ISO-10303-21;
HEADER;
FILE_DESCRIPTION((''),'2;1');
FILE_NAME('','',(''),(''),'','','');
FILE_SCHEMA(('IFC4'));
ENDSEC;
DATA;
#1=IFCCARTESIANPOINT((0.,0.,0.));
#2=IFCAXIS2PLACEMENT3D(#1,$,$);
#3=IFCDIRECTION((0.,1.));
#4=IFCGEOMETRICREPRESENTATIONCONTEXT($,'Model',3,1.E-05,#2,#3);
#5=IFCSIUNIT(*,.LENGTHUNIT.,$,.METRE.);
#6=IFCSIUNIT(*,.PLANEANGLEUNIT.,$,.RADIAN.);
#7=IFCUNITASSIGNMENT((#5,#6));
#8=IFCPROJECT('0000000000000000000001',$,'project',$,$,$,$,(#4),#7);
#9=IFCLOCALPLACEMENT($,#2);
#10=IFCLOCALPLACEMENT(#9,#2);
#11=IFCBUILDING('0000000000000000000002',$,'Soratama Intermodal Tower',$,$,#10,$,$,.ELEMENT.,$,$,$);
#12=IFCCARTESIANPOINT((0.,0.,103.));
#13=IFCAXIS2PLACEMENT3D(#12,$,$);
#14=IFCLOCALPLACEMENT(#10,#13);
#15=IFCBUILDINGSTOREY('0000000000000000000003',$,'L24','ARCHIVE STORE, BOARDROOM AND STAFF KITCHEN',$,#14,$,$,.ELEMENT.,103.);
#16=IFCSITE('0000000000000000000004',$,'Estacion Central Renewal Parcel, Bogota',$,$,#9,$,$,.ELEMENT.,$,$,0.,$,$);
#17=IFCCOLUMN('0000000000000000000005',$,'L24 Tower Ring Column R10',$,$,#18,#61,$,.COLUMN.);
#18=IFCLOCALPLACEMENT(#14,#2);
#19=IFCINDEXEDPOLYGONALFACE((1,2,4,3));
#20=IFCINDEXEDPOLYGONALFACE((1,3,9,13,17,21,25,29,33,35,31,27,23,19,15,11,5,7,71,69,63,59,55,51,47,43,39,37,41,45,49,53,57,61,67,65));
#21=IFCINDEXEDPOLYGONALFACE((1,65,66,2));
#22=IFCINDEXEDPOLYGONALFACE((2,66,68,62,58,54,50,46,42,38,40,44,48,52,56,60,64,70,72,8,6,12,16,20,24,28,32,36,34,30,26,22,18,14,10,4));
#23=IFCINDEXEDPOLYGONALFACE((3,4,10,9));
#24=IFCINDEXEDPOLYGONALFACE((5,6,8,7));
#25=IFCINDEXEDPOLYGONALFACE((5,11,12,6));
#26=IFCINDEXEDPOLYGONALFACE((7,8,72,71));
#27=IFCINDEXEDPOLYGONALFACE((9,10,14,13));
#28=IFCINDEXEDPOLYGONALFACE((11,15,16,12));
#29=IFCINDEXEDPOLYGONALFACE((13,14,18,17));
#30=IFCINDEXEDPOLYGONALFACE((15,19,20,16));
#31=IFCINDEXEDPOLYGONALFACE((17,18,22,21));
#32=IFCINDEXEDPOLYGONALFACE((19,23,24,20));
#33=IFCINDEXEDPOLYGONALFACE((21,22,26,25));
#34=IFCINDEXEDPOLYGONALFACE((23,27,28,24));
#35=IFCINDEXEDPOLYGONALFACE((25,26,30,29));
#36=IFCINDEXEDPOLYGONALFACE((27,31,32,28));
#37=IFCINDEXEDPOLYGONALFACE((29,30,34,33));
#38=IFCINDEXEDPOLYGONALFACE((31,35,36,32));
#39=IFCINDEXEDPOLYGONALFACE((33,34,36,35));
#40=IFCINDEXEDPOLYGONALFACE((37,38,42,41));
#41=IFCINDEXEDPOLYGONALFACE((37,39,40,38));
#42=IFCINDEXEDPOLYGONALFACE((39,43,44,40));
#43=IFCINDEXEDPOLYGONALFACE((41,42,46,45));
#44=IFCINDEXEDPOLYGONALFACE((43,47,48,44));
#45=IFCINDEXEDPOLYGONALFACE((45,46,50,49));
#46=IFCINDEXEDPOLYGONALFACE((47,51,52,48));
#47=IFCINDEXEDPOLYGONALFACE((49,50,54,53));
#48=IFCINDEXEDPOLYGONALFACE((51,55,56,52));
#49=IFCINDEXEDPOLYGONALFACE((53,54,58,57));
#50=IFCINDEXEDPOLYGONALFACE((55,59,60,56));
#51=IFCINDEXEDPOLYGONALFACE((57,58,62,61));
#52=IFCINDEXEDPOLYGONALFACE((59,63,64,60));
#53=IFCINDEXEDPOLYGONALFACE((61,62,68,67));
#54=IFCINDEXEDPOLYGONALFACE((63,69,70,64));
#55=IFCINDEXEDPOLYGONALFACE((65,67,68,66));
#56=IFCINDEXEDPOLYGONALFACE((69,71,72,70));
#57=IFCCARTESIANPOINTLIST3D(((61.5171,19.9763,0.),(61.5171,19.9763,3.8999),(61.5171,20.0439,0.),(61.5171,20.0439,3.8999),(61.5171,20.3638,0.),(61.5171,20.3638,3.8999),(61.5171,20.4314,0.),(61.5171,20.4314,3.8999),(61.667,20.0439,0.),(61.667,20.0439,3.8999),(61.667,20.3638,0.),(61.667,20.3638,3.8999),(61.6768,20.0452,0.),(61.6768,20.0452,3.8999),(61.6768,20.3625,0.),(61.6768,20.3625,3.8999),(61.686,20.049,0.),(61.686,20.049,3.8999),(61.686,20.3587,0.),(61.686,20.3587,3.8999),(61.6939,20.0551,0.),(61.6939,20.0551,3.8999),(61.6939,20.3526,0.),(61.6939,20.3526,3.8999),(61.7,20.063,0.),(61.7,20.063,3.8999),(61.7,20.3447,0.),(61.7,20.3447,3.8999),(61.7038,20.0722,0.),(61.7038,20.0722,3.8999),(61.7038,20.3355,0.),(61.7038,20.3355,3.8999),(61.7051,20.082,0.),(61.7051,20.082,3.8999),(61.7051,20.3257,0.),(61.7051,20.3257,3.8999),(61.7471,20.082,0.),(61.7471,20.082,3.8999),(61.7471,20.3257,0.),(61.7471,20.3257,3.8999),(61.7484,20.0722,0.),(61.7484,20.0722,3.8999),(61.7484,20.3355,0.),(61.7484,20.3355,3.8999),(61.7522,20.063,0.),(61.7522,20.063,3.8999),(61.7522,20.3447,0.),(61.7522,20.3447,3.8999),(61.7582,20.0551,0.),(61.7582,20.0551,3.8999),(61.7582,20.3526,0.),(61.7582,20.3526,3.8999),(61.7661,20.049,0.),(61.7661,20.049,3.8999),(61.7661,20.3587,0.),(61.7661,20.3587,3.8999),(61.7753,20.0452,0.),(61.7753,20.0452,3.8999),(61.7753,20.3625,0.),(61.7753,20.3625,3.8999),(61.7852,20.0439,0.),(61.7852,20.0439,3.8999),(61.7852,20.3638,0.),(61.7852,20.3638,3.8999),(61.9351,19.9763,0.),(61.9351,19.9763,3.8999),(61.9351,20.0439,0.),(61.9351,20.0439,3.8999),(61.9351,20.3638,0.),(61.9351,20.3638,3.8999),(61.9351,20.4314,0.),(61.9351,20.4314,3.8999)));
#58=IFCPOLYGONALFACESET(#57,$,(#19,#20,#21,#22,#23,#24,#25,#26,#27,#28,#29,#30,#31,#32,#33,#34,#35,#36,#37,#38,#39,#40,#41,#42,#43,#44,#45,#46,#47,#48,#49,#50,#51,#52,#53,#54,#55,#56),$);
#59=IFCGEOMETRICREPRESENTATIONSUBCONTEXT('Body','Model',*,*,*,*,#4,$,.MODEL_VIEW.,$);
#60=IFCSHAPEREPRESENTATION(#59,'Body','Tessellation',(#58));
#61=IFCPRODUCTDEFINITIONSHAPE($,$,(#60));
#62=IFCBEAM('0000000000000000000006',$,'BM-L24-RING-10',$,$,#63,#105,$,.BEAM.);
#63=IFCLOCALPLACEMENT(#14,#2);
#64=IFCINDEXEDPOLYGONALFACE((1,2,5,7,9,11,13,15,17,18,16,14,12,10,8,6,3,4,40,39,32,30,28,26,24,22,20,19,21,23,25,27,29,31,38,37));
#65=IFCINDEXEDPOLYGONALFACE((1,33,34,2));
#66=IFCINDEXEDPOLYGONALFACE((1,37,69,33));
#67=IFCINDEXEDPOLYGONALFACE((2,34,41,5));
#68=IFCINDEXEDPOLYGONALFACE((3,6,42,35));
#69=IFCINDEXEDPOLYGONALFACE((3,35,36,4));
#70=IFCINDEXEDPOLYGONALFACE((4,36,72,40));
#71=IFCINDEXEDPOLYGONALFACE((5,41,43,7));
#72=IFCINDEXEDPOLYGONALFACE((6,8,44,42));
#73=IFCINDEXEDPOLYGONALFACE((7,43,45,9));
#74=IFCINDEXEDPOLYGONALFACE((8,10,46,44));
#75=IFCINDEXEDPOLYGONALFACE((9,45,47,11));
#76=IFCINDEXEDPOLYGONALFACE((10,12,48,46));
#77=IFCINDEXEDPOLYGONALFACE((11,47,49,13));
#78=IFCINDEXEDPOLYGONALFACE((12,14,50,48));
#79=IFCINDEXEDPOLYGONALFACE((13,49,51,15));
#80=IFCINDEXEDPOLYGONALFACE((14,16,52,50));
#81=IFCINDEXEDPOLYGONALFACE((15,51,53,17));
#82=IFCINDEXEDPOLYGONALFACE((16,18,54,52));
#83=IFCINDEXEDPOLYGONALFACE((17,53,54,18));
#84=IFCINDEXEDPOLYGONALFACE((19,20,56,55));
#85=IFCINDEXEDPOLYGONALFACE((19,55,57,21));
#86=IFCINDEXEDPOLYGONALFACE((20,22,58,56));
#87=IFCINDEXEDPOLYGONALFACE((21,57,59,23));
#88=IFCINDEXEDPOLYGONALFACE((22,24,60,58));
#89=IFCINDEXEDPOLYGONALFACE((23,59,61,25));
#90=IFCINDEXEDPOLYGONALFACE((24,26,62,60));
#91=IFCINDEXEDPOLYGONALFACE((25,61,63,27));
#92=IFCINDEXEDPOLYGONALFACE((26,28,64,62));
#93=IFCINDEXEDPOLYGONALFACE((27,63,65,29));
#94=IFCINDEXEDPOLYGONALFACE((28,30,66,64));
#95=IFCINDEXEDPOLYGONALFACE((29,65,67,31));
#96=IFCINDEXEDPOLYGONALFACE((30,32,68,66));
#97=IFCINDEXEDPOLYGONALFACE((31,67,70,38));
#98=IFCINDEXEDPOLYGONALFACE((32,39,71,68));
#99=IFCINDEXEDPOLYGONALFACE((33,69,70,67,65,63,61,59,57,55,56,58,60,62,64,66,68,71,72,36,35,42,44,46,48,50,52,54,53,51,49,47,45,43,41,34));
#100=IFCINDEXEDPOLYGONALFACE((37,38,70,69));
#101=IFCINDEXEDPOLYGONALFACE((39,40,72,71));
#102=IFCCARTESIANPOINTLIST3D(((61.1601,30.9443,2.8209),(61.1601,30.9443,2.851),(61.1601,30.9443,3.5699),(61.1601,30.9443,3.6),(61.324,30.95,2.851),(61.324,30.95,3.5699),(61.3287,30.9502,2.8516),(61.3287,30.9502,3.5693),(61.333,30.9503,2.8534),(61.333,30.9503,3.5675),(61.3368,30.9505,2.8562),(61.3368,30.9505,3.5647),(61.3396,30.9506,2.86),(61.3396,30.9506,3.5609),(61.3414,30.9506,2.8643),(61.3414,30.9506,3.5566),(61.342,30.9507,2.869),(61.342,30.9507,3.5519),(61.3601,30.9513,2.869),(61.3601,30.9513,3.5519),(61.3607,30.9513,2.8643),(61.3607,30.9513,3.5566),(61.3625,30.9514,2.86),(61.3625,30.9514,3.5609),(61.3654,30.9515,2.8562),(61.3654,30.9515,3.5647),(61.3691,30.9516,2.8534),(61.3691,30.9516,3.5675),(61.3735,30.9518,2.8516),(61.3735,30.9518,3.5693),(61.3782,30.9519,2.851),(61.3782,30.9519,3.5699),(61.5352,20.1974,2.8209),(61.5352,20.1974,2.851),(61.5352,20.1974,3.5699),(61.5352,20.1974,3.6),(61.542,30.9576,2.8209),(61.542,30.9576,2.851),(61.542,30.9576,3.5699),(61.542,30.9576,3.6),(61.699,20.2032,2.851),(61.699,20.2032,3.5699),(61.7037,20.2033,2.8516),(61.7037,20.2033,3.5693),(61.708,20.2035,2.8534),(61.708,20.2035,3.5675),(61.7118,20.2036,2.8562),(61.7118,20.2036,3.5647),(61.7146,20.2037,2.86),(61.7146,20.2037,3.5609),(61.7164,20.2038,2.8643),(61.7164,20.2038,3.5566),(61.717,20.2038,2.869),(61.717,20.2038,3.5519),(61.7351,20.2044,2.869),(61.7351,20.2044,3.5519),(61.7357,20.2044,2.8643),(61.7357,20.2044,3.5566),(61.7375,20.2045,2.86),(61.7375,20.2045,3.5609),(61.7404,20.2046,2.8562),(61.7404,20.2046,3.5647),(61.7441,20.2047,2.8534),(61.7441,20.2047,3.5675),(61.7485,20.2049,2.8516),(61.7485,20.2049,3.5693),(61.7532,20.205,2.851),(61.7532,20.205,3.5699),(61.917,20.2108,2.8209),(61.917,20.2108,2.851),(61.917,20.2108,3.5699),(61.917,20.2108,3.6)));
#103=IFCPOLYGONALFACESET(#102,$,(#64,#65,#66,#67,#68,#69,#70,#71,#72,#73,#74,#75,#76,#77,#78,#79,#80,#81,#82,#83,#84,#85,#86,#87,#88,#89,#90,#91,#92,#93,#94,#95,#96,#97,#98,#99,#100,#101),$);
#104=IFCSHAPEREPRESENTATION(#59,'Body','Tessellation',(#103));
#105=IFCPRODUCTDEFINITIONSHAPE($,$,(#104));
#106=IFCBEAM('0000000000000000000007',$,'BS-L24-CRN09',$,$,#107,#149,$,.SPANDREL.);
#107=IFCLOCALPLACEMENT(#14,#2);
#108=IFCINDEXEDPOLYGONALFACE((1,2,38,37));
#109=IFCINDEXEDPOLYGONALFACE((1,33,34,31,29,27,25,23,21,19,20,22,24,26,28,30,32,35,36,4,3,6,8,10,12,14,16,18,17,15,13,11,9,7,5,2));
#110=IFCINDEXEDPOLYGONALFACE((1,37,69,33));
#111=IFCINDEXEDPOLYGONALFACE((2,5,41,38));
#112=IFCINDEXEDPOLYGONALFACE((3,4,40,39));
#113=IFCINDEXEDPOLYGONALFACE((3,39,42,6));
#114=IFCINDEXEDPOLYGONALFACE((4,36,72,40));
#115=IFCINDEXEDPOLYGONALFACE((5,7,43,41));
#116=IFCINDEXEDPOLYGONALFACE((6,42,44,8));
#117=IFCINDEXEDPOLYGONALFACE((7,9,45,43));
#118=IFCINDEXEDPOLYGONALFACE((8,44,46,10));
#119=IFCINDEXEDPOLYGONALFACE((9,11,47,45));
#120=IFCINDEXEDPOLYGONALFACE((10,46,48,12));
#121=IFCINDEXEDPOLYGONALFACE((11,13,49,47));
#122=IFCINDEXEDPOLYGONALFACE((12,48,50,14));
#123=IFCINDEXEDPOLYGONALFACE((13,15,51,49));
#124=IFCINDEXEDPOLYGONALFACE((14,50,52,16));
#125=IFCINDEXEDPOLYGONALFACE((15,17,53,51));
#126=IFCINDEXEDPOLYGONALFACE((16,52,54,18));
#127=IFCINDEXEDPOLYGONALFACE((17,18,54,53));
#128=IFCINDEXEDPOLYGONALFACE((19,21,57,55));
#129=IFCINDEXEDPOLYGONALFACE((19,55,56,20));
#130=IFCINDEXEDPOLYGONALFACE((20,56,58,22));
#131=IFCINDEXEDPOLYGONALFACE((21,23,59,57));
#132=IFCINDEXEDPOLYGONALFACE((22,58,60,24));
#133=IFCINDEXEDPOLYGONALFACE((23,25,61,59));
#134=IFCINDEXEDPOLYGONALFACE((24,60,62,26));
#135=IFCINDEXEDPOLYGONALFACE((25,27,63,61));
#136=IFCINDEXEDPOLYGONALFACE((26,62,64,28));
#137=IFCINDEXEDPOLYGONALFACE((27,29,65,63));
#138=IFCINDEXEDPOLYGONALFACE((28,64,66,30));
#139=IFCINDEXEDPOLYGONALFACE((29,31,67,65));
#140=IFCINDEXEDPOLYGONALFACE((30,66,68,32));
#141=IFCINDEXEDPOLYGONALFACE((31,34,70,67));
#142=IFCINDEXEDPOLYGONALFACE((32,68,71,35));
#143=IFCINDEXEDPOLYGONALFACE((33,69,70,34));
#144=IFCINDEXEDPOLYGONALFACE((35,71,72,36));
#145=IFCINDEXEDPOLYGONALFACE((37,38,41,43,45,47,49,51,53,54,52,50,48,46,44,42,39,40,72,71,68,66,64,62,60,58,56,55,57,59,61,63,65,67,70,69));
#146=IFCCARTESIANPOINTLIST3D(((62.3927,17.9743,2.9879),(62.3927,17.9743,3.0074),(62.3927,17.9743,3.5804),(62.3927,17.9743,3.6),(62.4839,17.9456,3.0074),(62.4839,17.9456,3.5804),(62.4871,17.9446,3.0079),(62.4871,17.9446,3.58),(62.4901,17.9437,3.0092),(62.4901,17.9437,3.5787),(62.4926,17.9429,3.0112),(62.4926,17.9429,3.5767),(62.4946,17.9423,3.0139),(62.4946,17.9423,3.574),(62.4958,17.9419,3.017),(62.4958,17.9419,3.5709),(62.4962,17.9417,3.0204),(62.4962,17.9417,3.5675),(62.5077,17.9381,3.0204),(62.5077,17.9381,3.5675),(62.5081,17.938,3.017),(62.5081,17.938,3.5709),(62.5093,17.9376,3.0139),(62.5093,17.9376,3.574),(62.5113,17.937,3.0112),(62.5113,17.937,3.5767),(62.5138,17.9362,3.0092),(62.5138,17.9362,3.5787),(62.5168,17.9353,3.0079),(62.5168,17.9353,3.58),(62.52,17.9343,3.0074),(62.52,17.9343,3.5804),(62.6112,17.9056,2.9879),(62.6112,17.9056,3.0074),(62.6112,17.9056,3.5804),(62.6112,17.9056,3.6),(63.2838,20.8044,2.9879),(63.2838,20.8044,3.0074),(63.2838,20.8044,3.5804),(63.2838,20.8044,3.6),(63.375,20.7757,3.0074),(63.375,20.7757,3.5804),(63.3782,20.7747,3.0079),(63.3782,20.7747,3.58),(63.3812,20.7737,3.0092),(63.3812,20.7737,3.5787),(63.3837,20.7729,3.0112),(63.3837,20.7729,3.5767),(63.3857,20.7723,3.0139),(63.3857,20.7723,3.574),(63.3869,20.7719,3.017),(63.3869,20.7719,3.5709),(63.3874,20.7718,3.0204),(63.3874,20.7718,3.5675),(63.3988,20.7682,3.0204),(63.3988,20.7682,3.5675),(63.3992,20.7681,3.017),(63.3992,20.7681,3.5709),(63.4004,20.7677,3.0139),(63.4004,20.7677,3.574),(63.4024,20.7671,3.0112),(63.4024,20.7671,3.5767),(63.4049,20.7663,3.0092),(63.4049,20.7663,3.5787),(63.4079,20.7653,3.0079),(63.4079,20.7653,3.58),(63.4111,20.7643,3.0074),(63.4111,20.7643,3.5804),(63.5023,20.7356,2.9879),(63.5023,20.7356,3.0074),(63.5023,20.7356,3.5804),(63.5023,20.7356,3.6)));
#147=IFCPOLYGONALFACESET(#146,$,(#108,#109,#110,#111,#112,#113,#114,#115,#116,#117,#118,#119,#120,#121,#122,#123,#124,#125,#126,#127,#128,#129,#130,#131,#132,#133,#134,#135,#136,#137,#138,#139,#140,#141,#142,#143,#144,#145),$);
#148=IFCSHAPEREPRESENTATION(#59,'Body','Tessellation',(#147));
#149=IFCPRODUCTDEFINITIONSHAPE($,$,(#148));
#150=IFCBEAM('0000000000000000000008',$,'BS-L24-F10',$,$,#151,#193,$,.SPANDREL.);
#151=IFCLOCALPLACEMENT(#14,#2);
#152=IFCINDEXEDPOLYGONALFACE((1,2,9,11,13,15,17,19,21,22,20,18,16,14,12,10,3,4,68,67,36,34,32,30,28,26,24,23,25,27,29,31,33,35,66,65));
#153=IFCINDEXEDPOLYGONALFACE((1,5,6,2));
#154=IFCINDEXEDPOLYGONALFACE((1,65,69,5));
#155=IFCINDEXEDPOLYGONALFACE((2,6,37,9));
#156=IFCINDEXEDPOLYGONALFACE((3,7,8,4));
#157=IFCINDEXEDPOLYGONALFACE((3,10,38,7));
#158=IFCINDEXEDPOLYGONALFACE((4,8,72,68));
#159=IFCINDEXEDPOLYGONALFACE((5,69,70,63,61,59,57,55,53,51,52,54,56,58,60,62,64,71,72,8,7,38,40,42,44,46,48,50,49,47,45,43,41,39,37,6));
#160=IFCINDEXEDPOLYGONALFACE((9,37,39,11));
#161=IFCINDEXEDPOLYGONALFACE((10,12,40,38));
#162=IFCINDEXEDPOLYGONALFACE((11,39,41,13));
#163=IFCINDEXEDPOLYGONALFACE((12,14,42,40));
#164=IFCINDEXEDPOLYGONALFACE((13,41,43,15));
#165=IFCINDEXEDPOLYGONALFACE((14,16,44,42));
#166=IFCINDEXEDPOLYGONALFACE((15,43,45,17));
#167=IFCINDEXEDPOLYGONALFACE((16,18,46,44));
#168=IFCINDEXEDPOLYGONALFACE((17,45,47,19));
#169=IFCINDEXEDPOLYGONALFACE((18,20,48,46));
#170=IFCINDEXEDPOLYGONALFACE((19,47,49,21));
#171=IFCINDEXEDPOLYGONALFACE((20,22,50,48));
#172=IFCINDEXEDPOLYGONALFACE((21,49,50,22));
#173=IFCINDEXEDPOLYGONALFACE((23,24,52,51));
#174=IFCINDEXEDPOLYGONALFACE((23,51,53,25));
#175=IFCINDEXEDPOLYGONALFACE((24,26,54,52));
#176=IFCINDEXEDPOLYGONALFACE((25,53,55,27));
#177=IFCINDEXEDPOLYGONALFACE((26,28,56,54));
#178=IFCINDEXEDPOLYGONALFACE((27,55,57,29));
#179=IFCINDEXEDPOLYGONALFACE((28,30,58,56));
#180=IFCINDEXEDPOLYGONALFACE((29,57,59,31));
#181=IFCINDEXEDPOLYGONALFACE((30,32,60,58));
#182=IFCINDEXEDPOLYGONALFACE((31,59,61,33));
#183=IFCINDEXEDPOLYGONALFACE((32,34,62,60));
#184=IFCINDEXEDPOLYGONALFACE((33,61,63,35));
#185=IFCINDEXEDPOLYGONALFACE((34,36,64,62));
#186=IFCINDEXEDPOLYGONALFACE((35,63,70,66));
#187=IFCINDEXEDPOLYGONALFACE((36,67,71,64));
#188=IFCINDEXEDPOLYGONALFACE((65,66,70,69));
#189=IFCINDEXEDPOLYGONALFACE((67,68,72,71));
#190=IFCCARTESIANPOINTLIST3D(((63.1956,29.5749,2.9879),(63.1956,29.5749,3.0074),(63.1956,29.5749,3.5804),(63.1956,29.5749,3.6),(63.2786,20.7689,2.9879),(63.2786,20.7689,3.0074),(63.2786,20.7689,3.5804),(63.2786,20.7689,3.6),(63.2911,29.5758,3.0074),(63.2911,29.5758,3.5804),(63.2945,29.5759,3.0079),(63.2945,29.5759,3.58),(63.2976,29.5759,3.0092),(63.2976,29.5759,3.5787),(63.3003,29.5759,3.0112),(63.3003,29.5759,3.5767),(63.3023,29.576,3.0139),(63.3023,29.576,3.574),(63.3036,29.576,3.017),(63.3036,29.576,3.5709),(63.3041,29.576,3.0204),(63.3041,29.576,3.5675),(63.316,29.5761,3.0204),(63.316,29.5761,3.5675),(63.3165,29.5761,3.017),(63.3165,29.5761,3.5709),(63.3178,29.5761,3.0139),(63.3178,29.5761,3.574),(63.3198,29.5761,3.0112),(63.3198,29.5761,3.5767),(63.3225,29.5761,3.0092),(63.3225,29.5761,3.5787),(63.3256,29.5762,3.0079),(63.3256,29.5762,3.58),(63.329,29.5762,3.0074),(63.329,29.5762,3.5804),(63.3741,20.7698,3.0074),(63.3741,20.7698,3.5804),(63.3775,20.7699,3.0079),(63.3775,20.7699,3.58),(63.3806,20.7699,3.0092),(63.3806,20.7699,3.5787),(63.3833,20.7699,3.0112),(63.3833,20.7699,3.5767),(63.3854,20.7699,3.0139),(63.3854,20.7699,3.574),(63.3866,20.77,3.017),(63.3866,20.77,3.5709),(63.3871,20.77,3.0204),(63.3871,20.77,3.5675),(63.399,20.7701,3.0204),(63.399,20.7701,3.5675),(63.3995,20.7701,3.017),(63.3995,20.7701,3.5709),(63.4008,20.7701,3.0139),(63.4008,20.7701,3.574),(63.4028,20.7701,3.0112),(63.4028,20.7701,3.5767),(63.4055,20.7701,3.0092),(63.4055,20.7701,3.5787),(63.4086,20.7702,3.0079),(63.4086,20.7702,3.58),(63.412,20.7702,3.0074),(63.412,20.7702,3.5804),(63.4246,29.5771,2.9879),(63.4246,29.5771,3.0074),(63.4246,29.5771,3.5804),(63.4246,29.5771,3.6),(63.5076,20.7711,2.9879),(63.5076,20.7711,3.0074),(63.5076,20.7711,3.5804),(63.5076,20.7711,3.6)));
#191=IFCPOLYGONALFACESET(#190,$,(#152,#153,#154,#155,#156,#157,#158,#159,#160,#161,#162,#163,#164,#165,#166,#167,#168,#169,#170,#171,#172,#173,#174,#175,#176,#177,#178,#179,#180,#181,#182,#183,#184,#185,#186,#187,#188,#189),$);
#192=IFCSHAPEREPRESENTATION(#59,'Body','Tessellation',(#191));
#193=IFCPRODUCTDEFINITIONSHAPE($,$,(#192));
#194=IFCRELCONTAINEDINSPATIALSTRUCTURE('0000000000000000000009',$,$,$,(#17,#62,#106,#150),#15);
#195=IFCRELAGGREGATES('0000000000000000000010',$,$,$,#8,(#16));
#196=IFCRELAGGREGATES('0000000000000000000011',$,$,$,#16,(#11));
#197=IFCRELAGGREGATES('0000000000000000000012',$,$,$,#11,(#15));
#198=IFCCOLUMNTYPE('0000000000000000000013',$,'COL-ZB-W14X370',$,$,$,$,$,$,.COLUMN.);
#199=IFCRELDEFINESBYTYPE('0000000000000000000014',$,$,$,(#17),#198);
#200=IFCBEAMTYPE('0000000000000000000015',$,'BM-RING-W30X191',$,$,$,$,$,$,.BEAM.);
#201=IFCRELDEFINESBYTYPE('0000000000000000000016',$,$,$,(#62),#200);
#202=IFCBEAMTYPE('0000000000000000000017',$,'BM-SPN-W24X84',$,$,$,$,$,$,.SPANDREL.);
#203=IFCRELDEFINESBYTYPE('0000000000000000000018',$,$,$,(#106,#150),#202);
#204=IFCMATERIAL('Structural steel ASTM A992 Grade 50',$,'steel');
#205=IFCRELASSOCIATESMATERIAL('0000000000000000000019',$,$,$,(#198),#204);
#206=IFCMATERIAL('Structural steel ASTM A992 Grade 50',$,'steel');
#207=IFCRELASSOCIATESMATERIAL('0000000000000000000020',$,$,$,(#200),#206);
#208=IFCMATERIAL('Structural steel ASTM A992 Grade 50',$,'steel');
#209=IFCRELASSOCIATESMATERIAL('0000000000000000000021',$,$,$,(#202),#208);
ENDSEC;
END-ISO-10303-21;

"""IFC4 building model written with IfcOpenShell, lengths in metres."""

from ifc_helpers import new_model, si_unit, direction, frame, origin, origin_2d, place, context, subcontext, project, spatial, i_section, extrude, material, material_profile, profile_set, type_object, element, save


model = new_model("IFC4")

# Units and contexts
model_context = context("Model", 3, precision=1e-05, world=origin(), true_north=direction((0.0, 1.0)))
body_context = subcontext(model_context, "Body", "Model", "MODEL_VIEW")
ifc_project = project(units=[si_unit("LENGTHUNIT", "METRE"), si_unit("PLANEANGLEUNIT", "RADIAN")], contexts=[model_context])

# Site, building, storey
site_placement = place(None, origin())
site = spatial("IfcSite", under=ifc_project, at=site_placement, Name="Estacion Central Renewal Parcel, Bogota", CompositionType="ELEMENT", RefElevation=0.0)
building_placement = place(site_placement, origin())
building = spatial("IfcBuilding", under=site, at=building_placement, Name="Soratama Intermodal Tower", CompositionType="ELEMENT")
storey_placement = place(building_placement, frame((0.0, 0.0, 103.0)))
storey = spatial("IfcBuildingStorey", under=building, at=storey_placement, Name="L24", Description="ARCHIVE STORE, BOARDROOM AND STAFF KITCHEN", CompositionType="ELEMENT", Elevation=103.0)

# Column
ifc_material_1 = material(Name="Structural steel ASTM A992 Grade 50", Category="steel")
ifc_material_profile_1 = material_profile(ifc_material_1, i_section(OverallWidth=0.418, OverallDepth=0.4551, WebThickness=0.042, FlangeThickness=0.0676, FilletRadius=0.0381, at=origin_2d()), Name="W14X370")
ifc_profile_set_1 = profile_set([ifc_material_profile_1], Name="Structural steel ASTM A992 Grade 50")
column_type = type_object("IfcColumnType", Name="COL-ZB-W14X370", PredefinedType="COLUMN", material=ifc_profile_set_1)
column_placement = place(storey_placement, frame((61.7261, 20.2039, 0.0), z_axis=(0.0, 0.0, 1.0), x_axis=(1.0, 0.0, 0.0)))
element("IfcColumn", 1, at=column_placement, inside=storey, type_object=column_type, Name="L24 Tower Ring Column R10", PredefinedType="COLUMN", context=body_context, shape_type="SweptSolid", body=[
    extrude(i_section(OverallWidth=0.418, OverallDepth=0.4551, WebThickness=0.042, FlangeThickness=0.0676, FilletRadius=0.0381, at=origin_2d()), origin(), (0.0, 0.0, 1.0), 3.8999),
])

# Beams
ifc_material_2 = material(Name="Structural steel ASTM A992 Grade 50", Category="steel")
ifc_material_profile_2 = material_profile(ifc_material_2, i_section(OverallWidth=0.3821, OverallDepth=0.7791, WebThickness=0.0181, FlangeThickness=0.03, FilletRadius=0.0181, at=origin_2d()), Name="W30X191")
ifc_profile_set_2 = profile_set([ifc_material_profile_2], Name="Structural steel ASTM A992 Grade 50")
beam_type_1 = type_object("IfcBeamType", Name="BM-RING-W30X191", PredefinedType="BEAM", material=ifc_profile_set_2)
beam_1_placement = place(storey_placement, frame((61.7261, 20.2041, 3.2104), z_axis=(-0.034873, 0.999392, 0.0), x_axis=(-0.999392, -0.034873, 0.0)))
element("IfcBeam", 2, at=beam_1_placement, inside=storey, type_object=beam_type_1, Name="BM-L24-RING-10", PredefinedType="BEAM", context=body_context, shape_type="SweptSolid", body=[
    extrude(i_section(OverallWidth=0.3821, OverallDepth=0.7791, WebThickness=0.0181, FlangeThickness=0.03, FilletRadius=0.0181, at=origin_2d()), origin(), (0.0, 0.0, 1.0), 10.7534),
])
ifc_material_3 = material(Name="Structural steel ASTM A992 Grade 50", Category="steel")
ifc_material_profile_3 = material_profile(ifc_material_3, i_section(OverallWidth=0.229, OverallDepth=0.6121, WebThickness=0.012, FlangeThickness=0.0195, FilletRadius=0.0129, at=origin_2d()), Name="W24X84")
ifc_profile_set_3 = profile_set([ifc_material_profile_3], Name="Structural steel ASTM A992 Grade 50")
beam_type_2 = type_object("IfcBeamType", Name="BM-SPN-W24X84", PredefinedType="SPANDREL", material=ifc_profile_set_3)
beam_2_placement = place(storey_placement, frame((62.502, 17.9399, 3.2939), z_axis=(0.300336, 0.953834, 0.0), x_axis=(-0.953834, 0.300336, 0.0)))
element("IfcBeam", 3, at=beam_2_placement, inside=storey, type_object=beam_type_2, Name="BS-L24-CRN09", PredefinedType="SPANDREL", context=body_context, shape_type="SweptSolid", body=[
    extrude(i_section(OverallWidth=0.229, OverallDepth=0.6121, WebThickness=0.012, FlangeThickness=0.0195, FilletRadius=0.0129, at=origin_2d()), origin(), (0.0, 0.0, 1.0), 2.967),
])
beam_3_placement = place(storey_placement, frame((63.3931, 20.77, 3.2939), z_axis=(-0.009426, 0.999956, 0.0), x_axis=(-0.999956, -0.009426, 0.0)))
element("IfcBeam", 4, at=beam_3_placement, inside=storey, type_object=beam_type_2, Name="BS-L24-F10", PredefinedType="SPANDREL", context=body_context, shape_type="SweptSolid", body=[
    extrude(i_section(OverallWidth=0.229, OverallDepth=0.6121, WebThickness=0.012, FlangeThickness=0.0195, FilletRadius=0.0129, at=origin_2d()), origin(), (0.0, 0.0, 1.0), 8.8064),
])

save(model, "model.ifc")
